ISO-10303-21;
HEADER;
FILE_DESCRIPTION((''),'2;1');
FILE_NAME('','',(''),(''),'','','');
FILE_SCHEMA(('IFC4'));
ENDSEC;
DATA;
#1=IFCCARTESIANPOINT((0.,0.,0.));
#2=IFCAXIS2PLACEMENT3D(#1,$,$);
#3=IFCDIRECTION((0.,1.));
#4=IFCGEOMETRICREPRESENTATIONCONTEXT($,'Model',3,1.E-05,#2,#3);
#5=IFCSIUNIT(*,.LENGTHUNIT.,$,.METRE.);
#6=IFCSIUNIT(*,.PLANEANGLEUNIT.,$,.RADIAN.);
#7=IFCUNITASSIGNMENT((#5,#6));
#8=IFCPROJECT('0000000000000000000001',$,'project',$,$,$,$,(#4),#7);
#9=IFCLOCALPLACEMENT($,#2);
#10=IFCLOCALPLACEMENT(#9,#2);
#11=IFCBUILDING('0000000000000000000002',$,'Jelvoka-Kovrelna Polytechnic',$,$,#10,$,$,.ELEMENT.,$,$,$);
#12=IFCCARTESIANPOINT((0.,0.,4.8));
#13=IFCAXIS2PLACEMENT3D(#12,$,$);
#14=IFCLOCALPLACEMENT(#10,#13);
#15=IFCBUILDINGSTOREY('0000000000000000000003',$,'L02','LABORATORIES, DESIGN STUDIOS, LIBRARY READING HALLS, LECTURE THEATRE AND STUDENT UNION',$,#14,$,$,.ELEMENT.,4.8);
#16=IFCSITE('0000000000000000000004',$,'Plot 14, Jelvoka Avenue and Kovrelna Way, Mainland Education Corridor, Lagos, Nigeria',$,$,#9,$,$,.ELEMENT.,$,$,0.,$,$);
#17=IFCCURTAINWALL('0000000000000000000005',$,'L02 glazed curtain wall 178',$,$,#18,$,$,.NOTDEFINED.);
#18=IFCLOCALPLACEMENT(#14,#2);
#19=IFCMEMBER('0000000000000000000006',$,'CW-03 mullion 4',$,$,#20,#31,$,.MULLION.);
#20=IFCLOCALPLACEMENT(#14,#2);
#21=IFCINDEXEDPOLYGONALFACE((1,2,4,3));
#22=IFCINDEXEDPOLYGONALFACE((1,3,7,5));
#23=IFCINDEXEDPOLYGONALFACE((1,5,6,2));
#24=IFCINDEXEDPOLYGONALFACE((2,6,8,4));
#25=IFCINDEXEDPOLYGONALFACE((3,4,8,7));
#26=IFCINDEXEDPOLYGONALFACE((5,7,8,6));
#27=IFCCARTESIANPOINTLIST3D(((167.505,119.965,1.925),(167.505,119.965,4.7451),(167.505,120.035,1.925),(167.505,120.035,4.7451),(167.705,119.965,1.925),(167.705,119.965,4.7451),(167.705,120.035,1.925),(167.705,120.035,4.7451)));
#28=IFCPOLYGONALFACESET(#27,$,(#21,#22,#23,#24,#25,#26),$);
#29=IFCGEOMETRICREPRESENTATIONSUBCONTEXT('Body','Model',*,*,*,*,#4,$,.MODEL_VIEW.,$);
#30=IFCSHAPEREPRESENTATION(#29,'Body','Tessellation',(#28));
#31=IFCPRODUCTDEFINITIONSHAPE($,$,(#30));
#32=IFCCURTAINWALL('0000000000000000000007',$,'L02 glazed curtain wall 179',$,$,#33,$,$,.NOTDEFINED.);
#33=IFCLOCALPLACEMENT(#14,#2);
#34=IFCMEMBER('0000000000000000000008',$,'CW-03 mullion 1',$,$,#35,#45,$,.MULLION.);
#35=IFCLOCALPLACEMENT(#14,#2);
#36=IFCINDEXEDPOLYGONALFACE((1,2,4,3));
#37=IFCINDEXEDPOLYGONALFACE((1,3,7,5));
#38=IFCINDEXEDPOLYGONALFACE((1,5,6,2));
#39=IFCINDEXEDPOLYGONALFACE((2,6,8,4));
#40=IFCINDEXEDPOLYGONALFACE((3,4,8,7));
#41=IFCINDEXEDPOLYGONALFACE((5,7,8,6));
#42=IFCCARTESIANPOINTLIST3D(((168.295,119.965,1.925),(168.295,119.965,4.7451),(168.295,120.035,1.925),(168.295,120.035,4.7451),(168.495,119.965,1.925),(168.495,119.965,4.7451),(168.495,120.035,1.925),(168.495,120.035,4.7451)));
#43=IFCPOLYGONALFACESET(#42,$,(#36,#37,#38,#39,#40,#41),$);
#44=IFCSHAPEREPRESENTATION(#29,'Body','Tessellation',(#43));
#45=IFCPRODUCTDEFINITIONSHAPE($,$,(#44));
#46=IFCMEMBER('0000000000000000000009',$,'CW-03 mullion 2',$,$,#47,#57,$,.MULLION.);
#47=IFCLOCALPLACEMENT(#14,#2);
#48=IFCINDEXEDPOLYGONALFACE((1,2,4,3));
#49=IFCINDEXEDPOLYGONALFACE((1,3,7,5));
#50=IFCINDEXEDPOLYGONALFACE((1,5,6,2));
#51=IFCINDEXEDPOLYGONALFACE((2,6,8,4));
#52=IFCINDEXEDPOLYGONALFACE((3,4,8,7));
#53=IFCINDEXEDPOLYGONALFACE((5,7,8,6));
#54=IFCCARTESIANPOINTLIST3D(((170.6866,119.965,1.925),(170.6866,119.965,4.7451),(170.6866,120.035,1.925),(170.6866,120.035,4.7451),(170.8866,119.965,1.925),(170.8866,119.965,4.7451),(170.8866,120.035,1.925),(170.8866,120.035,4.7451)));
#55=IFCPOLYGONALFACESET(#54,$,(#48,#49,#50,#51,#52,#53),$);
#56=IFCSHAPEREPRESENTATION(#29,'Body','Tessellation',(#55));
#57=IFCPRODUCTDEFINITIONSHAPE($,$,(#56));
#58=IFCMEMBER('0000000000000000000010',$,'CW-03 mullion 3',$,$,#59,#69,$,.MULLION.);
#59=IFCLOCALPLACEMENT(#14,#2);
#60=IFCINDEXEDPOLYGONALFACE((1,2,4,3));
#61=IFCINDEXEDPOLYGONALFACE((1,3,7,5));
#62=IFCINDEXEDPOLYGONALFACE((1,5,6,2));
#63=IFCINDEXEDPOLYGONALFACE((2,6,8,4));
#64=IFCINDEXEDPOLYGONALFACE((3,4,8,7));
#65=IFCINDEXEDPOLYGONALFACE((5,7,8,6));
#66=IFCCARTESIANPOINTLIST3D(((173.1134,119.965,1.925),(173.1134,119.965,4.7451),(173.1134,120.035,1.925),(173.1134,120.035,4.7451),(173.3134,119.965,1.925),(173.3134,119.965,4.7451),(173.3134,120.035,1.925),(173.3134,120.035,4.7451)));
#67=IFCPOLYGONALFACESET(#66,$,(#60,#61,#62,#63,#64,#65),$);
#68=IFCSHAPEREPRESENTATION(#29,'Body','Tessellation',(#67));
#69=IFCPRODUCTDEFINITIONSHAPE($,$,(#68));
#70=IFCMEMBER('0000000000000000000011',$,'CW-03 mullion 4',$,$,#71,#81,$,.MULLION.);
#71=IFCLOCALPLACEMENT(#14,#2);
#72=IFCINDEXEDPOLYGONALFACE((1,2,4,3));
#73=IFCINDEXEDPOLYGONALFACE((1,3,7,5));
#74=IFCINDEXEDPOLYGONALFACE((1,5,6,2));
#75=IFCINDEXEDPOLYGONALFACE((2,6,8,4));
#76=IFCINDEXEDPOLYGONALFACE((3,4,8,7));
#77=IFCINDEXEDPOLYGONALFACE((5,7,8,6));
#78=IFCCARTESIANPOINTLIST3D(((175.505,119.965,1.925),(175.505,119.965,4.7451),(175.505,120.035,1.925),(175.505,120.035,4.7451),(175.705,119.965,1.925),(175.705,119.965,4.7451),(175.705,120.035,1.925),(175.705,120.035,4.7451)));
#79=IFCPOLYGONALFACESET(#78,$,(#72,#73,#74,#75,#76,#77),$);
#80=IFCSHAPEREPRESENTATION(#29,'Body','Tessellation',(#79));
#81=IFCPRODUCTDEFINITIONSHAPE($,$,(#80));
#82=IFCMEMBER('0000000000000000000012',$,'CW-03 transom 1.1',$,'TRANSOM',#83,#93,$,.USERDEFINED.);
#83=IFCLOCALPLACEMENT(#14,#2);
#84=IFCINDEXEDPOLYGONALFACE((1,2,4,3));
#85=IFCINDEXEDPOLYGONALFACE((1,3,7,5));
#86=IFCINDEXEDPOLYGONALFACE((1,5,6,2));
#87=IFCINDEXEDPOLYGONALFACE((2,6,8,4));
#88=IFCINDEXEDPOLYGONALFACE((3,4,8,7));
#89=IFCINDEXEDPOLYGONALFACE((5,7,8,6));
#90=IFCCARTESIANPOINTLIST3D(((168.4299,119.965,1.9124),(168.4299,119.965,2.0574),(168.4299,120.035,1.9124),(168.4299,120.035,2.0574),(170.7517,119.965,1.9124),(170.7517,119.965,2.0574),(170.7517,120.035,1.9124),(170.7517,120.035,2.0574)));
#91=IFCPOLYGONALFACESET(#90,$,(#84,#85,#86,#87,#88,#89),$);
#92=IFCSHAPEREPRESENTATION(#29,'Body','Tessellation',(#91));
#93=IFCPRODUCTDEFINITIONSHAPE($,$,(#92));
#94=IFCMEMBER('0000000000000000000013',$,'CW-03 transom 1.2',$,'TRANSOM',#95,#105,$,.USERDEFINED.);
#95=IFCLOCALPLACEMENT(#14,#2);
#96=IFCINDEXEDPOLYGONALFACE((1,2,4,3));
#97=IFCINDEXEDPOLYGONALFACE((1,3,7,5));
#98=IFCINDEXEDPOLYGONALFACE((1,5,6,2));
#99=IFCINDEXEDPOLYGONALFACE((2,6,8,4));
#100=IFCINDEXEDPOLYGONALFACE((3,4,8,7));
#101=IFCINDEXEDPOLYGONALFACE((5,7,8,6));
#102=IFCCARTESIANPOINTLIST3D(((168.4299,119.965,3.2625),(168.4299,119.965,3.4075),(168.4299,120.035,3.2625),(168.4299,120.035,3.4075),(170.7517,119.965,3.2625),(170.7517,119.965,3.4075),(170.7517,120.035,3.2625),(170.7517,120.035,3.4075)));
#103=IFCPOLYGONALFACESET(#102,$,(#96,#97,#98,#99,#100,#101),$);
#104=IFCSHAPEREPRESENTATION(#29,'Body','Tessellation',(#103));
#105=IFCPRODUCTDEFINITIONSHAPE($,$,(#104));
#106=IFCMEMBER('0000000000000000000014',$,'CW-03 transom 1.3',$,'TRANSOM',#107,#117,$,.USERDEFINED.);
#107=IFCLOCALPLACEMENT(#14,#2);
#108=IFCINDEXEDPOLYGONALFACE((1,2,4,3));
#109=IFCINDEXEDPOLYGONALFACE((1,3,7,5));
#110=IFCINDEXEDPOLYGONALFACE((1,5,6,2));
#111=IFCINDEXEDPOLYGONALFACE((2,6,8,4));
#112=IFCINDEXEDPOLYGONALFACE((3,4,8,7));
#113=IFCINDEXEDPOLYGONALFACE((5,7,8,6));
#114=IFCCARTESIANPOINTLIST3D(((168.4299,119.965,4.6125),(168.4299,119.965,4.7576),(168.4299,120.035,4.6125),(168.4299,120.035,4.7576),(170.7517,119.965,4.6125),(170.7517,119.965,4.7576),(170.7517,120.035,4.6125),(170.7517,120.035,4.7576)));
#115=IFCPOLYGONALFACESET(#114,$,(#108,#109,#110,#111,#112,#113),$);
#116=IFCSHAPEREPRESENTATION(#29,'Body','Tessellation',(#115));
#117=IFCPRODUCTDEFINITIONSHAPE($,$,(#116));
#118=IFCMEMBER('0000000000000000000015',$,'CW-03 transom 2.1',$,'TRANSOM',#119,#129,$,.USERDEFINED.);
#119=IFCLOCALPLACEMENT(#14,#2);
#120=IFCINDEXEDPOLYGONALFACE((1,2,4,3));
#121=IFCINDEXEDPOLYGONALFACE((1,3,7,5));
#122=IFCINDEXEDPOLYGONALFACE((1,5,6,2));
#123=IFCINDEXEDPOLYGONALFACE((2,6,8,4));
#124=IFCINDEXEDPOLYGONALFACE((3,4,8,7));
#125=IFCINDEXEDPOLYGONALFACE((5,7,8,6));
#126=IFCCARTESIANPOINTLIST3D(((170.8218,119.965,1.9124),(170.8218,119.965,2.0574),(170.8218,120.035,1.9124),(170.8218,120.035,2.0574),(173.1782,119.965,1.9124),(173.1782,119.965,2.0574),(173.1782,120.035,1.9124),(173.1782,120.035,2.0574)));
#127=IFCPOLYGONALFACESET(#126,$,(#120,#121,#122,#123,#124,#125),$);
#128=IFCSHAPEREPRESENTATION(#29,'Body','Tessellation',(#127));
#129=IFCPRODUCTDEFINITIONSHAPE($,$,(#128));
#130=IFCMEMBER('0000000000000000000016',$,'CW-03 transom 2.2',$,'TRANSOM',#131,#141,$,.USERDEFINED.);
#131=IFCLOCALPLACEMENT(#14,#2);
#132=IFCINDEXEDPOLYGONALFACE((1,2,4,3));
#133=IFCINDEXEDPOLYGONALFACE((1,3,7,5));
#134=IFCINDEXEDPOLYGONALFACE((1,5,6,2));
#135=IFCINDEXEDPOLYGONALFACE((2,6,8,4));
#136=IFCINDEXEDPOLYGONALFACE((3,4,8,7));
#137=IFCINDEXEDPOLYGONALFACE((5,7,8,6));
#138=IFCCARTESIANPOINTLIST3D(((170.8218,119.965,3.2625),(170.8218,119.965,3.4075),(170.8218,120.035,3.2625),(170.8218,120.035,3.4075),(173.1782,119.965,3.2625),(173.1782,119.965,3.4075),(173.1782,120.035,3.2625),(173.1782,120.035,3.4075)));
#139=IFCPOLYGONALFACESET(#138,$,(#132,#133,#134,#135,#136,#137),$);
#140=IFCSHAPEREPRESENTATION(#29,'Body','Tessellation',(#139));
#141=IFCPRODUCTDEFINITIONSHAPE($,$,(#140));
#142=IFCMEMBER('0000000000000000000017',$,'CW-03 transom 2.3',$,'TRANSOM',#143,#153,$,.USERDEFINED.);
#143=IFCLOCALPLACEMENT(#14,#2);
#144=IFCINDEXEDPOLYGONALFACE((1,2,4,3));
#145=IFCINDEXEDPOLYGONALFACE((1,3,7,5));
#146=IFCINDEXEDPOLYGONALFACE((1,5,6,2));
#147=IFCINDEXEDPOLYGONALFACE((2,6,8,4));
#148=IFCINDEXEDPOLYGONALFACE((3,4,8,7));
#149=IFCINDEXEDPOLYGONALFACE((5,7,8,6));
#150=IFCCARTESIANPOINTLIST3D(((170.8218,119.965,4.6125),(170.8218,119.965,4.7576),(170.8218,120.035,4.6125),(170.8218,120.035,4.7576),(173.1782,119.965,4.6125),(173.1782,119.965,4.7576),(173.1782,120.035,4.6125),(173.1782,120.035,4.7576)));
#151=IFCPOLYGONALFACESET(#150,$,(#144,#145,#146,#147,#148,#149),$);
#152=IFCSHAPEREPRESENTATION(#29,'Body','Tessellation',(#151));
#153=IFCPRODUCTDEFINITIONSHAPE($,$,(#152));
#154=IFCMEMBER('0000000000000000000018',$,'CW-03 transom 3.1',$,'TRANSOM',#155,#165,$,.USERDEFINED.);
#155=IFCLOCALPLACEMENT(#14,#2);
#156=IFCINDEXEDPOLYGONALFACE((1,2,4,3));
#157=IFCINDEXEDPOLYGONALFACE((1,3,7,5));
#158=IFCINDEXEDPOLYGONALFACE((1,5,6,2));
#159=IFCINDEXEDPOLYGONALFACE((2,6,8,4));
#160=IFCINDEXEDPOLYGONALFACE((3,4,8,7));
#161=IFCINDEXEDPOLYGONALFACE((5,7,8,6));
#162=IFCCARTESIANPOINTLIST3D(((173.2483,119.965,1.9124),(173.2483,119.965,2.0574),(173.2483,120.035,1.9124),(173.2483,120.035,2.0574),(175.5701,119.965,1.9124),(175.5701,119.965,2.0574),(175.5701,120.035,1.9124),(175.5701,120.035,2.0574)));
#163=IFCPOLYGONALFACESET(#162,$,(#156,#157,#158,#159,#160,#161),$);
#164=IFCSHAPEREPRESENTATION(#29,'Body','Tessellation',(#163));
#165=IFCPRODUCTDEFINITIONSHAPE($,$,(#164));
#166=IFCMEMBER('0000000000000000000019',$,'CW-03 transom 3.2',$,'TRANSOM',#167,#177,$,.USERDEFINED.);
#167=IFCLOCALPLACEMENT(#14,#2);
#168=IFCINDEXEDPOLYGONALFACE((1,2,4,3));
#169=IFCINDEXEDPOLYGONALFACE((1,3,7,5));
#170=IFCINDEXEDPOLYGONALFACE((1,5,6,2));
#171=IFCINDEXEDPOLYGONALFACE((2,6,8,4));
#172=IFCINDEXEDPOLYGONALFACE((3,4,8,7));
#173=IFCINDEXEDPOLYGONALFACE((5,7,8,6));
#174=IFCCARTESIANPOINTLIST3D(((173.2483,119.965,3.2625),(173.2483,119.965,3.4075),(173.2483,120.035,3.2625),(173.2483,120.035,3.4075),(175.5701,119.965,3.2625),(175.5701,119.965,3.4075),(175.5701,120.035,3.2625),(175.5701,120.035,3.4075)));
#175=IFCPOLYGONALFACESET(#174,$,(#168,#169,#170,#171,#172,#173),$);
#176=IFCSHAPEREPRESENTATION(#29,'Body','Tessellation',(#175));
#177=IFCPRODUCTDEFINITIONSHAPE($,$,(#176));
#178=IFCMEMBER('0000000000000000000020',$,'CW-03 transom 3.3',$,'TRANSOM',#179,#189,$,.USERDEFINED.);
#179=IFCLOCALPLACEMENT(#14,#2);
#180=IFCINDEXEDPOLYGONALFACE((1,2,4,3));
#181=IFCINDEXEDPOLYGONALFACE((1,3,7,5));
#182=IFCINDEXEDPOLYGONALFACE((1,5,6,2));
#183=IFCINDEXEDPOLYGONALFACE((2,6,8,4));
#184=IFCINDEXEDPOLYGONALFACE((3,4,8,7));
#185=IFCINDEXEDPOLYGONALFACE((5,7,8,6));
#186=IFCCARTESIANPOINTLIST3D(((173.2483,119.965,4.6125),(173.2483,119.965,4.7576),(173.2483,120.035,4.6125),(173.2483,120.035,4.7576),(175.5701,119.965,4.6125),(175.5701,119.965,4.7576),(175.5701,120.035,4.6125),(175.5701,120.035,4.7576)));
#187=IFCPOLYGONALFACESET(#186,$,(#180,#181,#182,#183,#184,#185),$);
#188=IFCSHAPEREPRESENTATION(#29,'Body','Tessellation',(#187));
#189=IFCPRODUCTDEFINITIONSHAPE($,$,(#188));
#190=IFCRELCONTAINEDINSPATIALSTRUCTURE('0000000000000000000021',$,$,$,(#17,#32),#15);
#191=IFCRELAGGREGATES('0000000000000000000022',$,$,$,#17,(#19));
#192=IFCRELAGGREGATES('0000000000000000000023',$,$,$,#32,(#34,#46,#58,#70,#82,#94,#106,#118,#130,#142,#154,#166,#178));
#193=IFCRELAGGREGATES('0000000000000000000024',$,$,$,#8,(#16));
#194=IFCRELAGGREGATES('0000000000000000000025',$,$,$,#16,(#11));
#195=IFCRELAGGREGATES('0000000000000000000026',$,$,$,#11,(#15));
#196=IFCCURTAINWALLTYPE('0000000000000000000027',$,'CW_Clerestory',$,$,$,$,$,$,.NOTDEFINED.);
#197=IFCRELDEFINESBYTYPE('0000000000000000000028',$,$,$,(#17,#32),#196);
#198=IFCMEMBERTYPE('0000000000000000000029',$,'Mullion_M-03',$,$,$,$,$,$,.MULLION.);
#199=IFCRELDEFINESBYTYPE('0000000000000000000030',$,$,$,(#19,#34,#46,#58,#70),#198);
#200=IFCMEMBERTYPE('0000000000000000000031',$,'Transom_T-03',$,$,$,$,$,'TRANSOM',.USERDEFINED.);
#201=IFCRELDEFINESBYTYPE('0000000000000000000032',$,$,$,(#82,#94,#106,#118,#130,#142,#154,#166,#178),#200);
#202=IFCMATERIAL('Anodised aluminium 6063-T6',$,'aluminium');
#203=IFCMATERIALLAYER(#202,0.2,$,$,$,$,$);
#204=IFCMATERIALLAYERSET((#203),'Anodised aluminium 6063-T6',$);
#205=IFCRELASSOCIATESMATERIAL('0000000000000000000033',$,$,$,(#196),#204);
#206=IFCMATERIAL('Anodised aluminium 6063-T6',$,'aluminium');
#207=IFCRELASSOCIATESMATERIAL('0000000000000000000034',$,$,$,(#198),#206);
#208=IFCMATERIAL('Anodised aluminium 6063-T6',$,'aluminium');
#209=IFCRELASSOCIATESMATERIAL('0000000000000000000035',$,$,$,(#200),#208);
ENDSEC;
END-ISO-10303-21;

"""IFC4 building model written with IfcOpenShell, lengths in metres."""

from ifc_helpers import new_model, si_unit, direction, frame, origin, origin_2d, place, context, subcontext, project, spatial, rectangle, extrude, material, layer, layer_set, material_profile, profile_set, type_object, element, aggregate, save


model = new_model("IFC4")

# Units and contexts
model_context = context("Model", 3, precision=1e-05, world=origin(), true_north=direction((0.0, 1.0)))
body_context = subcontext(model_context, "Body", "Model", "MODEL_VIEW")
ifc_project = project(units=[si_unit("LENGTHUNIT", "METRE"), si_unit("PLANEANGLEUNIT", "RADIAN")], contexts=[model_context])

# Site, building, storey
site_placement = place(None, origin())
site = spatial("IfcSite", under=ifc_project, at=site_placement, Name="Plot 14, Jelvoka Avenue and Kovrelna Way, Mainland Education Corridor, Lagos, Nigeria", CompositionType="ELEMENT", RefElevation=0.0)
building_placement = place(site_placement, origin())
building = spatial("IfcBuilding", under=site, at=building_placement, Name="Jelvoka-Kovrelna Polytechnic", CompositionType="ELEMENT")
storey_placement = place(building_placement, frame((0.0, 0.0, 4.8)))
storey = spatial("IfcBuildingStorey", under=building, at=storey_placement, Name="L02", Description="LABORATORIES, DESIGN STUDIOS, LIBRARY READING HALLS, LECTURE THEATRE AND STUDENT UNION", CompositionType="ELEMENT", Elevation=4.8)

# Curtain wall, member
ifc_material_1 = material(Name="Anodised aluminium 6063-T6", Category="aluminium")
ifc_layer_1 = layer(ifc_material_1, 0.2)
ifc_layer_set_1 = layer_set([ifc_layer_1], Name="Anodised aluminium 6063-T6")
curtain_wall_type = type_object("IfcCurtainWallType", Name="CW_Clerestory", PredefinedType="NOTDEFINED", material=ifc_layer_set_1)
curtain_wall_1_placement = place(storey_placement, origin())
curtain_wall_1 = element("IfcCurtainWall", 1, at=curtain_wall_1_placement, inside=storey, type_object=curtain_wall_type, Name="L02 glazed curtain wall 178", PredefinedType="NOTDEFINED")
ifc_material_2 = material(Name="Anodised aluminium 6063-T6", Category="aluminium")
ifc_material_profile_1 = material_profile(ifc_material_2, rectangle(XDim=0.0701, YDim=0.2, at=origin_2d()), Name="ALU 70x200")
ifc_profile_set_1 = profile_set([ifc_material_profile_1], Name="Anodised aluminium 6063-T6")
member_type_1 = type_object("IfcMemberType", Name="Mullion_M-03", PredefinedType="MULLION", material=ifc_profile_set_1)
member_1_placement = place(storey_placement, frame((167.605, 120.0, 1.925), z_axis=(0.0, 0.0, 1.0), x_axis=(0.0, 1.0, 0.0)))
member_1 = element("IfcMember", 2, at=member_1_placement, type_object=member_type_1, Name="CW-03 mullion 4", PredefinedType="MULLION", context=body_context, shape_type="SweptSolid", body=[
    extrude(rectangle(XDim=0.0701, YDim=0.2, at=origin_2d()), origin(), (0.0, 0.0, 1.0), 2.8201),
])

# Curtain wall, members
curtain_wall_2_placement = place(storey_placement, origin())
curtain_wall_2 = element("IfcCurtainWall", 3, at=curtain_wall_2_placement, inside=storey, type_object=curtain_wall_type, Name="L02 glazed curtain wall 179", PredefinedType="NOTDEFINED")
member_2_placement = place(storey_placement, frame((168.395, 120.0, 1.925), z_axis=(0.0, 0.0, 1.0), x_axis=(0.0, 1.0, 0.0)))
member_2 = element("IfcMember", 4, at=member_2_placement, type_object=member_type_1, Name="CW-03 mullion 1", PredefinedType="MULLION", context=body_context, shape_type="SweptSolid", body=[
    extrude(rectangle(XDim=0.0701, YDim=0.2, at=origin_2d()), origin(), (0.0, 0.0, 1.0), 2.8201),
])
member_3_placement = place(storey_placement, frame((170.7866, 120.0, 1.925), z_axis=(0.0, 0.0, 1.0), x_axis=(0.0, 1.0, 0.0)))
member_3 = element("IfcMember", 5, at=member_3_placement, type_object=member_type_1, Name="CW-03 mullion 2", PredefinedType="MULLION", context=body_context, shape_type="SweptSolid", body=[
    extrude(rectangle(XDim=0.0701, YDim=0.2, at=origin_2d()), origin(), (0.0, 0.0, 1.0), 2.8201),
])
member_4_placement = place(storey_placement, frame((173.2134, 120.0, 1.925), z_axis=(0.0, 0.0, 1.0), x_axis=(0.0, 1.0, 0.0)))
member_4 = element("IfcMember", 6, at=member_4_placement, type_object=member_type_1, Name="CW-03 mullion 3", PredefinedType="MULLION", context=body_context, shape_type="SweptSolid", body=[
    extrude(rectangle(XDim=0.0701, YDim=0.2, at=origin_2d()), origin(), (0.0, 0.0, 1.0), 2.8201),
])
member_5_placement = place(storey_placement, frame((175.605, 120.0, 1.925), z_axis=(0.0, 0.0, 1.0), x_axis=(0.0, 1.0, 0.0)))
member_5 = element("IfcMember", 7, at=member_5_placement, type_object=member_type_1, Name="CW-03 mullion 4", PredefinedType="MULLION", context=body_context, shape_type="SweptSolid", body=[
    extrude(rectangle(XDim=0.0701, YDim=0.2, at=origin_2d()), origin(), (0.0, 0.0, 1.0), 2.8201),
])
ifc_material_3 = material(Name="Anodised aluminium 6063-T6", Category="aluminium")
ifc_material_profile_2 = material_profile(ifc_material_3, rectangle(XDim=0.0701, YDim=0.145, at=origin_2d()), Name="ALU 70x145")
ifc_profile_set_2 = profile_set([ifc_material_profile_2], Name="Anodised aluminium 6063-T6")
member_type_2 = type_object("IfcMemberType", Name="Transom_T-03", ElementType="TRANSOM", PredefinedType="USERDEFINED", material=ifc_profile_set_2)
member_6_placement = place(storey_placement, frame((168.4299, 120.0, 1.9849), z_axis=(1.0, 0.0, 0.0), x_axis=(0.0, 1.0, 0.0)))
member_6 = element("IfcMember", 8, at=member_6_placement, type_object=member_type_2, Name="CW-03 transom 1.1", ObjectType="TRANSOM", PredefinedType="USERDEFINED", context=body_context, shape_type="SweptSolid", body=[
    extrude(rectangle(XDim=0.0701, YDim=0.145, at=origin_2d()), origin(), (0.0, 0.0, 1.0), 2.3218),
])
member_7_placement = place(storey_placement, frame((168.4299, 120.0, 3.335), z_axis=(1.0, 0.0, 0.0), x_axis=(0.0, 1.0, 0.0)))
member_7 = element("IfcMember", 9, at=member_7_placement, type_object=member_type_2, Name="CW-03 transom 1.2", ObjectType="TRANSOM", PredefinedType="USERDEFINED", context=body_context, shape_type="SweptSolid", body=[
    extrude(rectangle(XDim=0.0701, YDim=0.145, at=origin_2d()), origin(), (0.0, 0.0, 1.0), 2.3218),
])
member_8_placement = place(storey_placement, frame((168.4299, 120.0, 4.6851), z_axis=(1.0, 0.0, 0.0), x_axis=(0.0, 1.0, 0.0)))
member_8 = element("IfcMember", 10, at=member_8_placement, type_object=member_type_2, Name="CW-03 transom 1.3", ObjectType="TRANSOM", PredefinedType="USERDEFINED", context=body_context, shape_type="SweptSolid", body=[
    extrude(rectangle(XDim=0.0701, YDim=0.145, at=origin_2d()), origin(), (0.0, 0.0, 1.0), 2.3218),
])
member_9_placement = place(storey_placement, frame((170.8218, 120.0, 1.9849), z_axis=(1.0, 0.0, 0.0), x_axis=(0.0, 1.0, 0.0)))
member_9 = element("IfcMember", 11, at=member_9_placement, type_object=member_type_2, Name="CW-03 transom 2.1", ObjectType="TRANSOM", PredefinedType="USERDEFINED", context=body_context, shape_type="SweptSolid", body=[
    extrude(rectangle(XDim=0.0701, YDim=0.145, at=origin_2d()), origin(), (0.0, 0.0, 1.0), 2.3564),
])
member_10_placement = place(storey_placement, frame((170.8218, 120.0, 3.335), z_axis=(1.0, 0.0, 0.0), x_axis=(0.0, 1.0, 0.0)))
member_10 = element("IfcMember", 12, at=member_10_placement, type_object=member_type_2, Name="CW-03 transom 2.2", ObjectType="TRANSOM", PredefinedType="USERDEFINED", context=body_context, shape_type="SweptSolid", body=[
    extrude(rectangle(XDim=0.0701, YDim=0.145, at=origin_2d()), origin(), (0.0, 0.0, 1.0), 2.3564),
])
member_11_placement = place(storey_placement, frame((170.8218, 120.0, 4.6851), z_axis=(1.0, 0.0, 0.0), x_axis=(0.0, 1.0, 0.0)))
member_11 = element("IfcMember", 13, at=member_11_placement, type_object=member_type_2, Name="CW-03 transom 2.3", ObjectType="TRANSOM", PredefinedType="USERDEFINED", context=body_context, shape_type="SweptSolid", body=[
    extrude(rectangle(XDim=0.0701, YDim=0.145, at=origin_2d()), origin(), (0.0, 0.0, 1.0), 2.3564),
])
member_12_placement = place(storey_placement, frame((173.2483, 120.0, 1.9849), z_axis=(1.0, 0.0, 0.0), x_axis=(0.0, 1.0, 0.0)))
member_12 = element("IfcMember", 14, at=member_12_placement, type_object=member_type_2, Name="CW-03 transom 3.1", ObjectType="TRANSOM", PredefinedType="USERDEFINED", context=body_context, shape_type="SweptSolid", body=[
    extrude(rectangle(XDim=0.0701, YDim=0.145, at=origin_2d()), origin(), (0.0, 0.0, 1.0), 2.3218),
])
member_13_placement = place(storey_placement, frame((173.2483, 120.0, 3.335), z_axis=(1.0, 0.0, 0.0), x_axis=(0.0, 1.0, 0.0)))
member_13 = element("IfcMember", 15, at=member_13_placement, type_object=member_type_2, Name="CW-03 transom 3.2", ObjectType="TRANSOM", PredefinedType="USERDEFINED", context=body_context, shape_type="SweptSolid", body=[
    extrude(rectangle(XDim=0.0701, YDim=0.145, at=origin_2d()), origin(), (0.0, 0.0, 1.0), 2.3218),
])
member_14_placement = place(storey_placement, frame((173.2483, 120.0, 4.6851), z_axis=(1.0, 0.0, 0.0), x_axis=(0.0, 1.0, 0.0)))
member_14 = element("IfcMember", 16, at=member_14_placement, type_object=member_type_2, Name="CW-03 transom 3.3", ObjectType="TRANSOM", PredefinedType="USERDEFINED", context=body_context, shape_type="SweptSolid", body=[
    extrude(rectangle(XDim=0.0701, YDim=0.145, at=origin_2d()), origin(), (0.0, 0.0, 1.0), 2.3218),
])

aggregate(curtain_wall_1, [member_1])
aggregate(curtain_wall_2, [member_2, member_3, member_4, member_5, member_6, member_7, member_8, member_9, member_10, member_11, member_12, member_13, member_14])

save(model, "model.ifc")
